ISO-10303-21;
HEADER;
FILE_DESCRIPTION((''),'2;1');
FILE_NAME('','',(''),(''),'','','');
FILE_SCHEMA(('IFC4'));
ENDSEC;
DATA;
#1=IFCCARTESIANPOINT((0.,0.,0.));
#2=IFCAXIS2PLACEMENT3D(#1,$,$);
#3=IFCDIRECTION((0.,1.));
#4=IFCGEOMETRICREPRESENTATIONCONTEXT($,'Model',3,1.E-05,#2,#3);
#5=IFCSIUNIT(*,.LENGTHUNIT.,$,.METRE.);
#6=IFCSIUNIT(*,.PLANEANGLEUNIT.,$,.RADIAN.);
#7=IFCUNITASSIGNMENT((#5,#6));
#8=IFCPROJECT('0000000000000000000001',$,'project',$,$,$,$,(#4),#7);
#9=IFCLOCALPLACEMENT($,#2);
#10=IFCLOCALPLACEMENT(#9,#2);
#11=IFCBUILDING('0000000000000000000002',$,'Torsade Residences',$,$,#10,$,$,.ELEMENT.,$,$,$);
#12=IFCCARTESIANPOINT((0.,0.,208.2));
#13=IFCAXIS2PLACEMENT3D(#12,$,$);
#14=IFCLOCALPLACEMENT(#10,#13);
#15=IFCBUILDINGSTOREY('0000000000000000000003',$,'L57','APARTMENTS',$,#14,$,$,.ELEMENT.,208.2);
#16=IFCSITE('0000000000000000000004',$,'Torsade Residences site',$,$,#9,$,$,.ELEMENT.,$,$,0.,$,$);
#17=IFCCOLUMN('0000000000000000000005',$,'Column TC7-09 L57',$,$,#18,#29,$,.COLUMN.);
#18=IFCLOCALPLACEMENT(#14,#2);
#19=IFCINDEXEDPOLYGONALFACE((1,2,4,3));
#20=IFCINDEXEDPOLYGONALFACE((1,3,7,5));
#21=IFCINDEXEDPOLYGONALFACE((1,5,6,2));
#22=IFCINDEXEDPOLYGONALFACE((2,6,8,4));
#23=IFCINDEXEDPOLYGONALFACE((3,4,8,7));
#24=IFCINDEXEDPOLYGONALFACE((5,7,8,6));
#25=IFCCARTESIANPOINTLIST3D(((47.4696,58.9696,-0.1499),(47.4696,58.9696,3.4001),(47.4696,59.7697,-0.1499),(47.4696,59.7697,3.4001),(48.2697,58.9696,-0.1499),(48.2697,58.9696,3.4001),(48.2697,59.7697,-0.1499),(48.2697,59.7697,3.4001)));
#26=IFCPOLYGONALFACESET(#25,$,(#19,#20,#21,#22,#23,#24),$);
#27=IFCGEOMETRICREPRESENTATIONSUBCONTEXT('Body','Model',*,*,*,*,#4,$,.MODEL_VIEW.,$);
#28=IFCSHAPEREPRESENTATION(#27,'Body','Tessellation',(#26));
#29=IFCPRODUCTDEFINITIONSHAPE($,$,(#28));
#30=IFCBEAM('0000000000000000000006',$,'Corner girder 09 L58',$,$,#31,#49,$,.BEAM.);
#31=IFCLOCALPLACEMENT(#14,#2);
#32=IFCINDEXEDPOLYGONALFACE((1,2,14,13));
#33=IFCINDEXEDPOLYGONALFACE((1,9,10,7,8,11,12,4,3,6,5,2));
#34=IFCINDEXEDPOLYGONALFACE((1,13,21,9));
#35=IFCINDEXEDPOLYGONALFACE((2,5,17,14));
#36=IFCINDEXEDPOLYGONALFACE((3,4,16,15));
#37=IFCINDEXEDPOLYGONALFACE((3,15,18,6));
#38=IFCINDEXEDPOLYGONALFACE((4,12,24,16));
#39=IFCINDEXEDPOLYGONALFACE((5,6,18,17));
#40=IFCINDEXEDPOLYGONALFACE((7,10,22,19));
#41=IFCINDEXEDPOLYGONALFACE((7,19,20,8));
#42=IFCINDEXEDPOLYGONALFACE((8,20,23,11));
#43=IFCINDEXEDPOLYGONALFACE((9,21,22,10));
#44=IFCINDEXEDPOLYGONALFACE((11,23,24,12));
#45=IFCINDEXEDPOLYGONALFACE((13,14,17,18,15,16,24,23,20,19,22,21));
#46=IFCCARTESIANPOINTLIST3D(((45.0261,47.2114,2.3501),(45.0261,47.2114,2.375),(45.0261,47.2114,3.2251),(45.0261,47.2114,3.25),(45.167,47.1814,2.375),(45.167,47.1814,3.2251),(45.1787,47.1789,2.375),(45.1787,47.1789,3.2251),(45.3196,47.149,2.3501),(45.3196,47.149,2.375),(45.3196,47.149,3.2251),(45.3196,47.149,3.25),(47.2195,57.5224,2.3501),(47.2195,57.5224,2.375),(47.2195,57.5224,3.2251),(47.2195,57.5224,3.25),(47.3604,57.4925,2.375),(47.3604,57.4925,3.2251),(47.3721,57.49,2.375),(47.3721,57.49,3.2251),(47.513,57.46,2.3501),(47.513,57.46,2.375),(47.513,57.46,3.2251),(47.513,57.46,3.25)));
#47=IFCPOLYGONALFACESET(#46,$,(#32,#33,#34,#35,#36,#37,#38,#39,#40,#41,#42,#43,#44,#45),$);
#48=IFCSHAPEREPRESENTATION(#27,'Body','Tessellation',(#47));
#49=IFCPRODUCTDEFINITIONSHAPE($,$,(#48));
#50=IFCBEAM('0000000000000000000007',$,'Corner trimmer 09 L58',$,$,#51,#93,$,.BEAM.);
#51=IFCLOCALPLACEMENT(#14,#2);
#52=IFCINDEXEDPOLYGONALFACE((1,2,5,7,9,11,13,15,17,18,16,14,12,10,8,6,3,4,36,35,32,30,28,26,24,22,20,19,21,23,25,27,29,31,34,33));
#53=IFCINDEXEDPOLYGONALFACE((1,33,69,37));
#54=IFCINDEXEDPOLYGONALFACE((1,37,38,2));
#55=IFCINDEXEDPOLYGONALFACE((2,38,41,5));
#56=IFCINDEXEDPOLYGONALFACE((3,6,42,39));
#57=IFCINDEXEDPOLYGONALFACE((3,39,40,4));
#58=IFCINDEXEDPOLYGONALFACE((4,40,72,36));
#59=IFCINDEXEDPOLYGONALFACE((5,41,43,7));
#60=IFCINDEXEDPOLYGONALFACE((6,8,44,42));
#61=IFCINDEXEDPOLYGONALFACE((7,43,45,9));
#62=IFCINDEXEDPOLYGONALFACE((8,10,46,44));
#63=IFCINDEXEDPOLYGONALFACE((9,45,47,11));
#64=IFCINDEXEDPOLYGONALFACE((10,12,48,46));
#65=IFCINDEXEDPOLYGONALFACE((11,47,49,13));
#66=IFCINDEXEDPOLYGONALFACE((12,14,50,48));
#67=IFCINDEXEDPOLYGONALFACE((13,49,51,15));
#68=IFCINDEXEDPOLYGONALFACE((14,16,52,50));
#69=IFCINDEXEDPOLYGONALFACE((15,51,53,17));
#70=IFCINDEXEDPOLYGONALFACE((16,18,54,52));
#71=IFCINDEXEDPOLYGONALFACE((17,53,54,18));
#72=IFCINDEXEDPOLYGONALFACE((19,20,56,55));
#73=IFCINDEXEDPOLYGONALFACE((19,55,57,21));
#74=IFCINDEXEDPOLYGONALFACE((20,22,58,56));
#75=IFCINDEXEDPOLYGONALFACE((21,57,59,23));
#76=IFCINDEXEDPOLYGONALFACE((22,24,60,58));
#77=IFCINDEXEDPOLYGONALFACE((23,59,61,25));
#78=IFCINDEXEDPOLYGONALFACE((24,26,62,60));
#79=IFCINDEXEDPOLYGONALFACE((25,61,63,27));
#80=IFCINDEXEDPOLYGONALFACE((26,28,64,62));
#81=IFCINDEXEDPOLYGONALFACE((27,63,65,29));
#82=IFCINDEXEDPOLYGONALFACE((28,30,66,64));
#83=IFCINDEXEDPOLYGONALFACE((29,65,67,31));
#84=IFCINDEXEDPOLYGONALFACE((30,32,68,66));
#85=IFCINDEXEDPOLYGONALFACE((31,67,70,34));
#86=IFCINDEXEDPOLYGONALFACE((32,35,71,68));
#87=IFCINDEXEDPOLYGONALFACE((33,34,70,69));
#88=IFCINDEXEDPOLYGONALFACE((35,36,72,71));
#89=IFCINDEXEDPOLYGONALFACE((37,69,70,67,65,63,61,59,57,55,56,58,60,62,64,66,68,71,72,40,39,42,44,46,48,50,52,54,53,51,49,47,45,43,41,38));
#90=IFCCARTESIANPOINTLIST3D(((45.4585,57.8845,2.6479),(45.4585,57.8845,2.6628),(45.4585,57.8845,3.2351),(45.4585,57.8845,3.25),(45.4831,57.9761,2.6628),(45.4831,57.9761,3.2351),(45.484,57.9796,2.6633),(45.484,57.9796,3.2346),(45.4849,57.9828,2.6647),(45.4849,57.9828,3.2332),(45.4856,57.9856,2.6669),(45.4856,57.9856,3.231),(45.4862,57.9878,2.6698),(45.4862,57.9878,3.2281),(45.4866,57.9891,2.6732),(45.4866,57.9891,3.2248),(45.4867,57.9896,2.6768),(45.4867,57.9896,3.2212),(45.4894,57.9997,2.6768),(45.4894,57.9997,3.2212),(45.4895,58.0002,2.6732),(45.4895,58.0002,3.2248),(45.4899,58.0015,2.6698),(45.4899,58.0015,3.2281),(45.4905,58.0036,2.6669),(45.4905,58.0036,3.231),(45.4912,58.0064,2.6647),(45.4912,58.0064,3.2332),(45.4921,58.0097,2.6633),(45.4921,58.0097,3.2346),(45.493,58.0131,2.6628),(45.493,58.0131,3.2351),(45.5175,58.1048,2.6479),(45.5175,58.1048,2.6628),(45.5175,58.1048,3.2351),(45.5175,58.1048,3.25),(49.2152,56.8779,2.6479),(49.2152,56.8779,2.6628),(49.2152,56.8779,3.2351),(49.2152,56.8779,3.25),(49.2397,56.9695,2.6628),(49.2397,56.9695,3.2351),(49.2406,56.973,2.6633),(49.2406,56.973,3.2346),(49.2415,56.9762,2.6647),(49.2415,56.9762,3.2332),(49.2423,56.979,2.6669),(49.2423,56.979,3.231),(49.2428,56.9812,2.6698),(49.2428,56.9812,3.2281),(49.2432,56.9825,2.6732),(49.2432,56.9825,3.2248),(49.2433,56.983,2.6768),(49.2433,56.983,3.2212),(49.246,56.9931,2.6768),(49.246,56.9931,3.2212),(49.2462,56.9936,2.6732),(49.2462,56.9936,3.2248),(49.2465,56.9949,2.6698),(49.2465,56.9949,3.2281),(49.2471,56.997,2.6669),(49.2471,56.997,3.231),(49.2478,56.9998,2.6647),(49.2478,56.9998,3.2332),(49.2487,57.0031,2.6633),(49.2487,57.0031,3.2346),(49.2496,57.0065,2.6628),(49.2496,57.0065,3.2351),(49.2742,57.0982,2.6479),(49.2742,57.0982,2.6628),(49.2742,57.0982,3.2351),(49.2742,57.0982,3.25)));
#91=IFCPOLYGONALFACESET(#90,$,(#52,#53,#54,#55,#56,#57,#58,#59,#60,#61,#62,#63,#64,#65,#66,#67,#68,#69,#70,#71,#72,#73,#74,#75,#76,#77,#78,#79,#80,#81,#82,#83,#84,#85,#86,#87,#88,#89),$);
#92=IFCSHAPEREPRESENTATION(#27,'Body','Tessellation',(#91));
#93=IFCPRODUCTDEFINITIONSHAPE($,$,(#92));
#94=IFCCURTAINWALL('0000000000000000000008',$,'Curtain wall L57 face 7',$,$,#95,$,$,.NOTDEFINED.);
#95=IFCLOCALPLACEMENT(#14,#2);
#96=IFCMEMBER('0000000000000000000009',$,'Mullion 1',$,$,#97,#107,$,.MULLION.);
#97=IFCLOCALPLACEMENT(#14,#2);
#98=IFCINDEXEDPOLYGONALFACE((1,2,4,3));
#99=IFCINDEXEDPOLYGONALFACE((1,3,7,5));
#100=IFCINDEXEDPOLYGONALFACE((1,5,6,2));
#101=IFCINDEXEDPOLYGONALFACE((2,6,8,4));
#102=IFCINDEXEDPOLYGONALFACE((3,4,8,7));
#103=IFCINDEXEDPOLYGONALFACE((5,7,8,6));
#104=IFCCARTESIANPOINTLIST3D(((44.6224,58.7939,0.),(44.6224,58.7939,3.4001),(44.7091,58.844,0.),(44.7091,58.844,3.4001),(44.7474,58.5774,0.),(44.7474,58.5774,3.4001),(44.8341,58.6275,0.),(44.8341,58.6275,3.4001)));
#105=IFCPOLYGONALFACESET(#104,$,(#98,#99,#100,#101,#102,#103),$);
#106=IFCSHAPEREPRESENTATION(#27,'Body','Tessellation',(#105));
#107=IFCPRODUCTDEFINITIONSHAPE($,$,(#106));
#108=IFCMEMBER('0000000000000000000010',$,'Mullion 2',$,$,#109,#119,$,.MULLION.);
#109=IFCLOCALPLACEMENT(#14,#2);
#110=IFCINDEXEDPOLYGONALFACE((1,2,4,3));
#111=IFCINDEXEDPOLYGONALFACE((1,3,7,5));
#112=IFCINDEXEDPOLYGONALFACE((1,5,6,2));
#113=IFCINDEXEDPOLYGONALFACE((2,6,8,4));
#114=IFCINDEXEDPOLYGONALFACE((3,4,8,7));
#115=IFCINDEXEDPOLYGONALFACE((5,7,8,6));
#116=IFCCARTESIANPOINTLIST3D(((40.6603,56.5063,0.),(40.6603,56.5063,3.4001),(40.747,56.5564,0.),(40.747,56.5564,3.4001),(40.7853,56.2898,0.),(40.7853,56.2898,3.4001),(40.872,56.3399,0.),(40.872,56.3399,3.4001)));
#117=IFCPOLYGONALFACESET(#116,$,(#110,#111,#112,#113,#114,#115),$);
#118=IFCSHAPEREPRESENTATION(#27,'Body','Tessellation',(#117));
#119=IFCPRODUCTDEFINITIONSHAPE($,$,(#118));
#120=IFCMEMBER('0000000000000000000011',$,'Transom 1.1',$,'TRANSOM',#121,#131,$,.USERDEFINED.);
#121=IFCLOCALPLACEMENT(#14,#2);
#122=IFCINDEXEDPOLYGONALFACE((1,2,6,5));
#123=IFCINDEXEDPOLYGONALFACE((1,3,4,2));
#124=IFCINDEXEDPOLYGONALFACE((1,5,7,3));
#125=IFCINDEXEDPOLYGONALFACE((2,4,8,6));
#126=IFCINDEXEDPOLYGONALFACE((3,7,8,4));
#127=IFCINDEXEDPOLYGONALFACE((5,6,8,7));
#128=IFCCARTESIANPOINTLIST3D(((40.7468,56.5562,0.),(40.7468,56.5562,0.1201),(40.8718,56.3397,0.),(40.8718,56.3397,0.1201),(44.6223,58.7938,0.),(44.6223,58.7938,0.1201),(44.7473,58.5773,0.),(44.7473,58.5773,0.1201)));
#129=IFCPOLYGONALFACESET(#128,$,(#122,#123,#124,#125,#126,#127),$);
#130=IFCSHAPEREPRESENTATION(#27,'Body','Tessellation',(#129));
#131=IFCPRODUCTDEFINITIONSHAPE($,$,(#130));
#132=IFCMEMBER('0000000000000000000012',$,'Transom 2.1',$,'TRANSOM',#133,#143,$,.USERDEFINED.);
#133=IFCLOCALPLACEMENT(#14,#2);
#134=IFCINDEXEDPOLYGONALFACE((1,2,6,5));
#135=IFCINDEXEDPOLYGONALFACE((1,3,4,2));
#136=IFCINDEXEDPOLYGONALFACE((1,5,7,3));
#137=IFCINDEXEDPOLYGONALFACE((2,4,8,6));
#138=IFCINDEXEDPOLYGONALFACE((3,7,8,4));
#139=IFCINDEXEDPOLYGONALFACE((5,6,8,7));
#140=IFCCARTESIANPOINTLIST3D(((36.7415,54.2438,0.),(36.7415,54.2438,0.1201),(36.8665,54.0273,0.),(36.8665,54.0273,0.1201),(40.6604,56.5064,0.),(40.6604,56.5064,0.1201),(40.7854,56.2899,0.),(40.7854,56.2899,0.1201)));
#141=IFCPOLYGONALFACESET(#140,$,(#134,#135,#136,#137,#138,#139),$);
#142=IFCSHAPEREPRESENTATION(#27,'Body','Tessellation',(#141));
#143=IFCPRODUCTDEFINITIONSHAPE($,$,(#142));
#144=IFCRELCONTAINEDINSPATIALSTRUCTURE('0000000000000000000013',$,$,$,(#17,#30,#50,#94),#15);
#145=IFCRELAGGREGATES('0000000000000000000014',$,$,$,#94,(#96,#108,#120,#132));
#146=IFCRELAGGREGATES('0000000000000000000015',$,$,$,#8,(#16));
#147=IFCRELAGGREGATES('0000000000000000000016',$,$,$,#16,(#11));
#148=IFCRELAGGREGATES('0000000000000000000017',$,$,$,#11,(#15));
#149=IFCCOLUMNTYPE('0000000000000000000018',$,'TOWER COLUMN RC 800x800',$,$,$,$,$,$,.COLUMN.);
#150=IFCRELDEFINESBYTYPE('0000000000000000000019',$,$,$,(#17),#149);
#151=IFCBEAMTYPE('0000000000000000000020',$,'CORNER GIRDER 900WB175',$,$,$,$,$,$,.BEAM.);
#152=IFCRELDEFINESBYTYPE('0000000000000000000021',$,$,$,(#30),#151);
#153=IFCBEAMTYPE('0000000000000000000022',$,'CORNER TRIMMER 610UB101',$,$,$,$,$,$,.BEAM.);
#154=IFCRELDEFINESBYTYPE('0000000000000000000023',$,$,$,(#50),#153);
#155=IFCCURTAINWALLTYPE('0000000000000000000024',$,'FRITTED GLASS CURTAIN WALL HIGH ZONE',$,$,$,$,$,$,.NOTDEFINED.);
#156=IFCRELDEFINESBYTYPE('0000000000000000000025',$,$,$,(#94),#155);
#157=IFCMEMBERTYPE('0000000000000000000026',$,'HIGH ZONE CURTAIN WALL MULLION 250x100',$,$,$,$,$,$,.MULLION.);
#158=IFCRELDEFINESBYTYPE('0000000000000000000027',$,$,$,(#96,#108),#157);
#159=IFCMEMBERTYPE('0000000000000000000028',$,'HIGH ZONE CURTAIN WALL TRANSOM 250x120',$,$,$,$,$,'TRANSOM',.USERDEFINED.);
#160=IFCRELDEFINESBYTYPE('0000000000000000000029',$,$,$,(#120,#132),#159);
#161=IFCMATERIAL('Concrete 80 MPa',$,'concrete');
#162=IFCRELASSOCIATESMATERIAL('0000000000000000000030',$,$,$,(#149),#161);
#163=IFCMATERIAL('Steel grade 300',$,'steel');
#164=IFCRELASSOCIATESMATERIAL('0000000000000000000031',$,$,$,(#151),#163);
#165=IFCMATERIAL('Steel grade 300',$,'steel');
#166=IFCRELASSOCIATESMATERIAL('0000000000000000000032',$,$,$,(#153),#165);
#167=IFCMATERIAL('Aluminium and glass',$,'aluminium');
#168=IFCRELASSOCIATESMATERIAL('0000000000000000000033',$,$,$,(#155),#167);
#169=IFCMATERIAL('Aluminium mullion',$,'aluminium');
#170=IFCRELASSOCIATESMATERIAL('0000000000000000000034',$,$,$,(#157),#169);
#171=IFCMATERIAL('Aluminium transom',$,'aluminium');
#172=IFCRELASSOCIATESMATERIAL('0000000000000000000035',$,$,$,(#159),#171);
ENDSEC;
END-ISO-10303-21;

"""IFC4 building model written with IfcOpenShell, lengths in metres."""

from ifc_helpers import new_model, si_unit, direction, frame, origin, origin_2d, place, context, subcontext, project, spatial, rectangle, i_section, extrude, material, material_profile, profile_set, type_object, element, aggregate, save


model = new_model("IFC4")

# Units and contexts
model_context = context("Model", 3, precision=1e-05, world=origin(), true_north=direction((0.0, 1.0)))
body_context = subcontext(model_context, "Body", "Model", "MODEL_VIEW")
ifc_project = project(units=[si_unit("LENGTHUNIT", "METRE"), si_unit("PLANEANGLEUNIT", "RADIAN")], contexts=[model_context])

# Site, building, storey
site_placement = place(None, origin())
site = spatial("IfcSite", under=ifc_project, at=site_placement, Name="Torsade Residences site", CompositionType="ELEMENT", RefElevation=0.0)
building_placement = place(site_placement, origin())
building = spatial("IfcBuilding", under=site, at=building_placement, Name="Torsade Residences", CompositionType="ELEMENT")
storey_placement = place(building_placement, frame((0.0, 0.0, 208.2)))
storey = spatial("IfcBuildingStorey", under=building, at=storey_placement, Name="L57", Description="APARTMENTS", CompositionType="ELEMENT", Elevation=208.2)

# Column
ifc_material_1 = material(Name="Concrete 80 MPa", Category="concrete")
ifc_material_profile_1 = material_profile(ifc_material_1, rectangle(XDim=0.8, YDim=0.8, at=origin_2d()), Name="RC 800x800")
ifc_profile_set_1 = profile_set([ifc_material_profile_1], Name="Concrete 80 MPa")
column_type = type_object("IfcColumnType", Name="TOWER COLUMN RC 800x800", PredefinedType="COLUMN", material=ifc_profile_set_1)
column_placement = place(storey_placement, frame((47.8696, 59.3696, -0.1499), z_axis=(0.0, 0.0, 1.0), x_axis=(1.0, 0.0, 0.0)))
element("IfcColumn", 1, at=column_placement, inside=storey, type_object=column_type, Name="Column TC7-09 L57", PredefinedType="COLUMN", context=body_context, shape_type="SweptSolid", body=[
    extrude(rectangle(XDim=0.8, YDim=0.8, at=origin_2d()), origin(), (0.0, 0.0, 1.0), 3.55),
])

# Beams
ifc_material_2 = material(Name="Steel grade 300", Category="steel")
ifc_material_profile_2 = material_profile(ifc_material_2, i_section(OverallWidth=0.3, OverallDepth=0.8999, WebThickness=0.012, FlangeThickness=0.0249, at=origin_2d()), Name="900WB175")
ifc_profile_set_2 = profile_set([ifc_material_profile_2], Name="Steel grade 300")
beam_type_1 = type_object("IfcBeamType", Name="CORNER GIRDER 900WB175", PredefinedType="BEAM", material=ifc_profile_set_2)
beam_1_placement = place(storey_placement, frame((47.3662, 57.4912, 2.8), z_axis=(-0.208064, -0.978115, 0.0), x_axis=(0.978115, -0.208064, 0.0)))
element("IfcBeam", 2, at=beam_1_placement, inside=storey, type_object=beam_type_1, Name="Corner girder 09 L58", PredefinedType="BEAM", context=body_context, shape_type="SweptSolid", body=[
    extrude(i_section(OverallWidth=0.3, OverallDepth=0.8999, WebThickness=0.012, FlangeThickness=0.0249, at=origin_2d()), origin(), (0.0, 0.0, 1.0), 10.5417),
])
ifc_material_3 = material(Name="Steel grade 300", Category="steel")
ifc_material_profile_3 = material_profile(ifc_material_3, i_section(OverallWidth=0.228, OverallDepth=0.6021, WebThickness=0.0105, FlangeThickness=0.0149, FilletRadius=0.0139, at=origin_2d()), Name="610UB101")
ifc_profile_set_3 = profile_set([ifc_material_profile_3], Name="Steel grade 300")
beam_type_2 = type_object("IfcBeamType", Name="CORNER TRIMMER 610UB101", PredefinedType="BEAM", material=ifc_profile_set_3)
beam_2_placement = place(storey_placement, frame((45.488, 57.9946, 2.949), z_axis=(0.965925, -0.258823, 0.0), x_axis=(0.258823, 0.965925, 0.0)))
element("IfcBeam", 3, at=beam_2_placement, inside=storey, type_object=beam_type_2, Name="Corner trimmer 09 L58", PredefinedType="BEAM", context=body_context, shape_type="SweptSolid", body=[
    extrude(i_section(OverallWidth=0.228, OverallDepth=0.6021, WebThickness=0.0105, FlangeThickness=0.0149, FilletRadius=0.0139, at=origin_2d()), origin(), (0.0, 0.0, 1.0), 3.8892),
])

# Curtain wall, members
ifc_material_4 = material(Name="Aluminium and glass", Category="aluminium")
curtain_wall_type = type_object("IfcCurtainWallType", Name="FRITTED GLASS CURTAIN WALL HIGH ZONE", PredefinedType="NOTDEFINED", material=ifc_material_4)
curtain_wall_placement = place(storey_placement, origin())
curtain_wall = element("IfcCurtainWall", 4, at=curtain_wall_placement, inside=storey, type_object=curtain_wall_type, Name="Curtain wall L57 face 7", PredefinedType="NOTDEFINED")
ifc_material_5 = material(Name="Aluminium mullion", Category="aluminium")
ifc_material_profile_4 = material_profile(ifc_material_5, rectangle(XDim=0.25, YDim=0.1001, at=origin_2d()), Name="HIGH ZONE CURTAIN WALL MULLION 250x100")
ifc_profile_set_4 = profile_set([ifc_material_profile_4], Name="Aluminium mullion")
member_type_1 = type_object("IfcMemberType", Name="HIGH ZONE CURTAIN WALL MULLION 250x100", PredefinedType="MULLION", material=ifc_profile_set_4)
member_1_placement = place(storey_placement, frame((44.7283, 58.7107, 0.0), z_axis=(0.0, 0.0, 1.0), x_axis=(0.5, -0.866025, 0.0)))
member_1 = element("IfcMember", 5, at=member_1_placement, type_object=member_type_1, Name="Mullion 1", PredefinedType="MULLION", context=body_context, shape_type="SweptSolid", body=[
    extrude(rectangle(XDim=0.25, YDim=0.1001, at=origin_2d()), origin(), (0.0, 0.0, 1.0), 3.4001),
])
member_2_placement = place(storey_placement, frame((40.7661, 56.4231, 0.0), z_axis=(0.0, 0.0, 1.0), x_axis=(0.5, -0.866025, 0.0)))
member_2 = element("IfcMember", 6, at=member_2_placement, type_object=member_type_1, Name="Mullion 2", PredefinedType="MULLION", context=body_context, shape_type="SweptSolid", body=[
    extrude(rectangle(XDim=0.25, YDim=0.1001, at=origin_2d()), origin(), (0.0, 0.0, 1.0), 3.4001),
])
ifc_material_6 = material(Name="Aluminium transom", Category="aluminium")
ifc_material_profile_5 = material_profile(ifc_material_6, rectangle(XDim=0.25, YDim=0.1201, at=origin_2d()), Name="HIGH ZONE CURTAIN WALL TRANSOM 250x120")
ifc_profile_set_5 = profile_set([ifc_material_profile_5], Name="Aluminium transom")
member_type_2 = type_object("IfcMemberType", Name="HIGH ZONE CURTAIN WALL TRANSOM 250x120", ElementType="TRANSOM", PredefinedType="USERDEFINED", material=ifc_profile_set_5)
member_3_placement = place(storey_placement, frame((44.6848, 58.6855, 0.0601), z_axis=(-0.866022, -0.500006, 0.0), x_axis=(0.500006, -0.866022, 0.0)))
member_3 = element("IfcMember", 7, at=member_3_placement, type_object=member_type_2, Name="Transom 1.1", ObjectType="TRANSOM", PredefinedType="USERDEFINED", context=body_context, shape_type="SweptSolid", body=[
    extrude(rectangle(XDim=0.25, YDim=0.1201, at=origin_2d()), origin(), (0.0, 0.0, 1.0), 4.4751),
])
member_4_placement = place(storey_placement, frame((40.7229, 56.3982, 0.0601), z_axis=(-0.866017, -0.500015, 0.0), x_axis=(0.500015, -0.866017, 0.0)))
member_4 = element("IfcMember", 8, at=member_4_placement, type_object=member_type_2, Name="Transom 2.1", ObjectType="TRANSOM", PredefinedType="USERDEFINED", context=body_context, shape_type="SweptSolid", body=[
    extrude(rectangle(XDim=0.25, YDim=0.1201, at=origin_2d()), origin(), (0.0, 0.0, 1.0), 4.5251),
])

aggregate(curtain_wall, [member_1, member_2, member_3, member_4])

save(model, "model.ifc")
